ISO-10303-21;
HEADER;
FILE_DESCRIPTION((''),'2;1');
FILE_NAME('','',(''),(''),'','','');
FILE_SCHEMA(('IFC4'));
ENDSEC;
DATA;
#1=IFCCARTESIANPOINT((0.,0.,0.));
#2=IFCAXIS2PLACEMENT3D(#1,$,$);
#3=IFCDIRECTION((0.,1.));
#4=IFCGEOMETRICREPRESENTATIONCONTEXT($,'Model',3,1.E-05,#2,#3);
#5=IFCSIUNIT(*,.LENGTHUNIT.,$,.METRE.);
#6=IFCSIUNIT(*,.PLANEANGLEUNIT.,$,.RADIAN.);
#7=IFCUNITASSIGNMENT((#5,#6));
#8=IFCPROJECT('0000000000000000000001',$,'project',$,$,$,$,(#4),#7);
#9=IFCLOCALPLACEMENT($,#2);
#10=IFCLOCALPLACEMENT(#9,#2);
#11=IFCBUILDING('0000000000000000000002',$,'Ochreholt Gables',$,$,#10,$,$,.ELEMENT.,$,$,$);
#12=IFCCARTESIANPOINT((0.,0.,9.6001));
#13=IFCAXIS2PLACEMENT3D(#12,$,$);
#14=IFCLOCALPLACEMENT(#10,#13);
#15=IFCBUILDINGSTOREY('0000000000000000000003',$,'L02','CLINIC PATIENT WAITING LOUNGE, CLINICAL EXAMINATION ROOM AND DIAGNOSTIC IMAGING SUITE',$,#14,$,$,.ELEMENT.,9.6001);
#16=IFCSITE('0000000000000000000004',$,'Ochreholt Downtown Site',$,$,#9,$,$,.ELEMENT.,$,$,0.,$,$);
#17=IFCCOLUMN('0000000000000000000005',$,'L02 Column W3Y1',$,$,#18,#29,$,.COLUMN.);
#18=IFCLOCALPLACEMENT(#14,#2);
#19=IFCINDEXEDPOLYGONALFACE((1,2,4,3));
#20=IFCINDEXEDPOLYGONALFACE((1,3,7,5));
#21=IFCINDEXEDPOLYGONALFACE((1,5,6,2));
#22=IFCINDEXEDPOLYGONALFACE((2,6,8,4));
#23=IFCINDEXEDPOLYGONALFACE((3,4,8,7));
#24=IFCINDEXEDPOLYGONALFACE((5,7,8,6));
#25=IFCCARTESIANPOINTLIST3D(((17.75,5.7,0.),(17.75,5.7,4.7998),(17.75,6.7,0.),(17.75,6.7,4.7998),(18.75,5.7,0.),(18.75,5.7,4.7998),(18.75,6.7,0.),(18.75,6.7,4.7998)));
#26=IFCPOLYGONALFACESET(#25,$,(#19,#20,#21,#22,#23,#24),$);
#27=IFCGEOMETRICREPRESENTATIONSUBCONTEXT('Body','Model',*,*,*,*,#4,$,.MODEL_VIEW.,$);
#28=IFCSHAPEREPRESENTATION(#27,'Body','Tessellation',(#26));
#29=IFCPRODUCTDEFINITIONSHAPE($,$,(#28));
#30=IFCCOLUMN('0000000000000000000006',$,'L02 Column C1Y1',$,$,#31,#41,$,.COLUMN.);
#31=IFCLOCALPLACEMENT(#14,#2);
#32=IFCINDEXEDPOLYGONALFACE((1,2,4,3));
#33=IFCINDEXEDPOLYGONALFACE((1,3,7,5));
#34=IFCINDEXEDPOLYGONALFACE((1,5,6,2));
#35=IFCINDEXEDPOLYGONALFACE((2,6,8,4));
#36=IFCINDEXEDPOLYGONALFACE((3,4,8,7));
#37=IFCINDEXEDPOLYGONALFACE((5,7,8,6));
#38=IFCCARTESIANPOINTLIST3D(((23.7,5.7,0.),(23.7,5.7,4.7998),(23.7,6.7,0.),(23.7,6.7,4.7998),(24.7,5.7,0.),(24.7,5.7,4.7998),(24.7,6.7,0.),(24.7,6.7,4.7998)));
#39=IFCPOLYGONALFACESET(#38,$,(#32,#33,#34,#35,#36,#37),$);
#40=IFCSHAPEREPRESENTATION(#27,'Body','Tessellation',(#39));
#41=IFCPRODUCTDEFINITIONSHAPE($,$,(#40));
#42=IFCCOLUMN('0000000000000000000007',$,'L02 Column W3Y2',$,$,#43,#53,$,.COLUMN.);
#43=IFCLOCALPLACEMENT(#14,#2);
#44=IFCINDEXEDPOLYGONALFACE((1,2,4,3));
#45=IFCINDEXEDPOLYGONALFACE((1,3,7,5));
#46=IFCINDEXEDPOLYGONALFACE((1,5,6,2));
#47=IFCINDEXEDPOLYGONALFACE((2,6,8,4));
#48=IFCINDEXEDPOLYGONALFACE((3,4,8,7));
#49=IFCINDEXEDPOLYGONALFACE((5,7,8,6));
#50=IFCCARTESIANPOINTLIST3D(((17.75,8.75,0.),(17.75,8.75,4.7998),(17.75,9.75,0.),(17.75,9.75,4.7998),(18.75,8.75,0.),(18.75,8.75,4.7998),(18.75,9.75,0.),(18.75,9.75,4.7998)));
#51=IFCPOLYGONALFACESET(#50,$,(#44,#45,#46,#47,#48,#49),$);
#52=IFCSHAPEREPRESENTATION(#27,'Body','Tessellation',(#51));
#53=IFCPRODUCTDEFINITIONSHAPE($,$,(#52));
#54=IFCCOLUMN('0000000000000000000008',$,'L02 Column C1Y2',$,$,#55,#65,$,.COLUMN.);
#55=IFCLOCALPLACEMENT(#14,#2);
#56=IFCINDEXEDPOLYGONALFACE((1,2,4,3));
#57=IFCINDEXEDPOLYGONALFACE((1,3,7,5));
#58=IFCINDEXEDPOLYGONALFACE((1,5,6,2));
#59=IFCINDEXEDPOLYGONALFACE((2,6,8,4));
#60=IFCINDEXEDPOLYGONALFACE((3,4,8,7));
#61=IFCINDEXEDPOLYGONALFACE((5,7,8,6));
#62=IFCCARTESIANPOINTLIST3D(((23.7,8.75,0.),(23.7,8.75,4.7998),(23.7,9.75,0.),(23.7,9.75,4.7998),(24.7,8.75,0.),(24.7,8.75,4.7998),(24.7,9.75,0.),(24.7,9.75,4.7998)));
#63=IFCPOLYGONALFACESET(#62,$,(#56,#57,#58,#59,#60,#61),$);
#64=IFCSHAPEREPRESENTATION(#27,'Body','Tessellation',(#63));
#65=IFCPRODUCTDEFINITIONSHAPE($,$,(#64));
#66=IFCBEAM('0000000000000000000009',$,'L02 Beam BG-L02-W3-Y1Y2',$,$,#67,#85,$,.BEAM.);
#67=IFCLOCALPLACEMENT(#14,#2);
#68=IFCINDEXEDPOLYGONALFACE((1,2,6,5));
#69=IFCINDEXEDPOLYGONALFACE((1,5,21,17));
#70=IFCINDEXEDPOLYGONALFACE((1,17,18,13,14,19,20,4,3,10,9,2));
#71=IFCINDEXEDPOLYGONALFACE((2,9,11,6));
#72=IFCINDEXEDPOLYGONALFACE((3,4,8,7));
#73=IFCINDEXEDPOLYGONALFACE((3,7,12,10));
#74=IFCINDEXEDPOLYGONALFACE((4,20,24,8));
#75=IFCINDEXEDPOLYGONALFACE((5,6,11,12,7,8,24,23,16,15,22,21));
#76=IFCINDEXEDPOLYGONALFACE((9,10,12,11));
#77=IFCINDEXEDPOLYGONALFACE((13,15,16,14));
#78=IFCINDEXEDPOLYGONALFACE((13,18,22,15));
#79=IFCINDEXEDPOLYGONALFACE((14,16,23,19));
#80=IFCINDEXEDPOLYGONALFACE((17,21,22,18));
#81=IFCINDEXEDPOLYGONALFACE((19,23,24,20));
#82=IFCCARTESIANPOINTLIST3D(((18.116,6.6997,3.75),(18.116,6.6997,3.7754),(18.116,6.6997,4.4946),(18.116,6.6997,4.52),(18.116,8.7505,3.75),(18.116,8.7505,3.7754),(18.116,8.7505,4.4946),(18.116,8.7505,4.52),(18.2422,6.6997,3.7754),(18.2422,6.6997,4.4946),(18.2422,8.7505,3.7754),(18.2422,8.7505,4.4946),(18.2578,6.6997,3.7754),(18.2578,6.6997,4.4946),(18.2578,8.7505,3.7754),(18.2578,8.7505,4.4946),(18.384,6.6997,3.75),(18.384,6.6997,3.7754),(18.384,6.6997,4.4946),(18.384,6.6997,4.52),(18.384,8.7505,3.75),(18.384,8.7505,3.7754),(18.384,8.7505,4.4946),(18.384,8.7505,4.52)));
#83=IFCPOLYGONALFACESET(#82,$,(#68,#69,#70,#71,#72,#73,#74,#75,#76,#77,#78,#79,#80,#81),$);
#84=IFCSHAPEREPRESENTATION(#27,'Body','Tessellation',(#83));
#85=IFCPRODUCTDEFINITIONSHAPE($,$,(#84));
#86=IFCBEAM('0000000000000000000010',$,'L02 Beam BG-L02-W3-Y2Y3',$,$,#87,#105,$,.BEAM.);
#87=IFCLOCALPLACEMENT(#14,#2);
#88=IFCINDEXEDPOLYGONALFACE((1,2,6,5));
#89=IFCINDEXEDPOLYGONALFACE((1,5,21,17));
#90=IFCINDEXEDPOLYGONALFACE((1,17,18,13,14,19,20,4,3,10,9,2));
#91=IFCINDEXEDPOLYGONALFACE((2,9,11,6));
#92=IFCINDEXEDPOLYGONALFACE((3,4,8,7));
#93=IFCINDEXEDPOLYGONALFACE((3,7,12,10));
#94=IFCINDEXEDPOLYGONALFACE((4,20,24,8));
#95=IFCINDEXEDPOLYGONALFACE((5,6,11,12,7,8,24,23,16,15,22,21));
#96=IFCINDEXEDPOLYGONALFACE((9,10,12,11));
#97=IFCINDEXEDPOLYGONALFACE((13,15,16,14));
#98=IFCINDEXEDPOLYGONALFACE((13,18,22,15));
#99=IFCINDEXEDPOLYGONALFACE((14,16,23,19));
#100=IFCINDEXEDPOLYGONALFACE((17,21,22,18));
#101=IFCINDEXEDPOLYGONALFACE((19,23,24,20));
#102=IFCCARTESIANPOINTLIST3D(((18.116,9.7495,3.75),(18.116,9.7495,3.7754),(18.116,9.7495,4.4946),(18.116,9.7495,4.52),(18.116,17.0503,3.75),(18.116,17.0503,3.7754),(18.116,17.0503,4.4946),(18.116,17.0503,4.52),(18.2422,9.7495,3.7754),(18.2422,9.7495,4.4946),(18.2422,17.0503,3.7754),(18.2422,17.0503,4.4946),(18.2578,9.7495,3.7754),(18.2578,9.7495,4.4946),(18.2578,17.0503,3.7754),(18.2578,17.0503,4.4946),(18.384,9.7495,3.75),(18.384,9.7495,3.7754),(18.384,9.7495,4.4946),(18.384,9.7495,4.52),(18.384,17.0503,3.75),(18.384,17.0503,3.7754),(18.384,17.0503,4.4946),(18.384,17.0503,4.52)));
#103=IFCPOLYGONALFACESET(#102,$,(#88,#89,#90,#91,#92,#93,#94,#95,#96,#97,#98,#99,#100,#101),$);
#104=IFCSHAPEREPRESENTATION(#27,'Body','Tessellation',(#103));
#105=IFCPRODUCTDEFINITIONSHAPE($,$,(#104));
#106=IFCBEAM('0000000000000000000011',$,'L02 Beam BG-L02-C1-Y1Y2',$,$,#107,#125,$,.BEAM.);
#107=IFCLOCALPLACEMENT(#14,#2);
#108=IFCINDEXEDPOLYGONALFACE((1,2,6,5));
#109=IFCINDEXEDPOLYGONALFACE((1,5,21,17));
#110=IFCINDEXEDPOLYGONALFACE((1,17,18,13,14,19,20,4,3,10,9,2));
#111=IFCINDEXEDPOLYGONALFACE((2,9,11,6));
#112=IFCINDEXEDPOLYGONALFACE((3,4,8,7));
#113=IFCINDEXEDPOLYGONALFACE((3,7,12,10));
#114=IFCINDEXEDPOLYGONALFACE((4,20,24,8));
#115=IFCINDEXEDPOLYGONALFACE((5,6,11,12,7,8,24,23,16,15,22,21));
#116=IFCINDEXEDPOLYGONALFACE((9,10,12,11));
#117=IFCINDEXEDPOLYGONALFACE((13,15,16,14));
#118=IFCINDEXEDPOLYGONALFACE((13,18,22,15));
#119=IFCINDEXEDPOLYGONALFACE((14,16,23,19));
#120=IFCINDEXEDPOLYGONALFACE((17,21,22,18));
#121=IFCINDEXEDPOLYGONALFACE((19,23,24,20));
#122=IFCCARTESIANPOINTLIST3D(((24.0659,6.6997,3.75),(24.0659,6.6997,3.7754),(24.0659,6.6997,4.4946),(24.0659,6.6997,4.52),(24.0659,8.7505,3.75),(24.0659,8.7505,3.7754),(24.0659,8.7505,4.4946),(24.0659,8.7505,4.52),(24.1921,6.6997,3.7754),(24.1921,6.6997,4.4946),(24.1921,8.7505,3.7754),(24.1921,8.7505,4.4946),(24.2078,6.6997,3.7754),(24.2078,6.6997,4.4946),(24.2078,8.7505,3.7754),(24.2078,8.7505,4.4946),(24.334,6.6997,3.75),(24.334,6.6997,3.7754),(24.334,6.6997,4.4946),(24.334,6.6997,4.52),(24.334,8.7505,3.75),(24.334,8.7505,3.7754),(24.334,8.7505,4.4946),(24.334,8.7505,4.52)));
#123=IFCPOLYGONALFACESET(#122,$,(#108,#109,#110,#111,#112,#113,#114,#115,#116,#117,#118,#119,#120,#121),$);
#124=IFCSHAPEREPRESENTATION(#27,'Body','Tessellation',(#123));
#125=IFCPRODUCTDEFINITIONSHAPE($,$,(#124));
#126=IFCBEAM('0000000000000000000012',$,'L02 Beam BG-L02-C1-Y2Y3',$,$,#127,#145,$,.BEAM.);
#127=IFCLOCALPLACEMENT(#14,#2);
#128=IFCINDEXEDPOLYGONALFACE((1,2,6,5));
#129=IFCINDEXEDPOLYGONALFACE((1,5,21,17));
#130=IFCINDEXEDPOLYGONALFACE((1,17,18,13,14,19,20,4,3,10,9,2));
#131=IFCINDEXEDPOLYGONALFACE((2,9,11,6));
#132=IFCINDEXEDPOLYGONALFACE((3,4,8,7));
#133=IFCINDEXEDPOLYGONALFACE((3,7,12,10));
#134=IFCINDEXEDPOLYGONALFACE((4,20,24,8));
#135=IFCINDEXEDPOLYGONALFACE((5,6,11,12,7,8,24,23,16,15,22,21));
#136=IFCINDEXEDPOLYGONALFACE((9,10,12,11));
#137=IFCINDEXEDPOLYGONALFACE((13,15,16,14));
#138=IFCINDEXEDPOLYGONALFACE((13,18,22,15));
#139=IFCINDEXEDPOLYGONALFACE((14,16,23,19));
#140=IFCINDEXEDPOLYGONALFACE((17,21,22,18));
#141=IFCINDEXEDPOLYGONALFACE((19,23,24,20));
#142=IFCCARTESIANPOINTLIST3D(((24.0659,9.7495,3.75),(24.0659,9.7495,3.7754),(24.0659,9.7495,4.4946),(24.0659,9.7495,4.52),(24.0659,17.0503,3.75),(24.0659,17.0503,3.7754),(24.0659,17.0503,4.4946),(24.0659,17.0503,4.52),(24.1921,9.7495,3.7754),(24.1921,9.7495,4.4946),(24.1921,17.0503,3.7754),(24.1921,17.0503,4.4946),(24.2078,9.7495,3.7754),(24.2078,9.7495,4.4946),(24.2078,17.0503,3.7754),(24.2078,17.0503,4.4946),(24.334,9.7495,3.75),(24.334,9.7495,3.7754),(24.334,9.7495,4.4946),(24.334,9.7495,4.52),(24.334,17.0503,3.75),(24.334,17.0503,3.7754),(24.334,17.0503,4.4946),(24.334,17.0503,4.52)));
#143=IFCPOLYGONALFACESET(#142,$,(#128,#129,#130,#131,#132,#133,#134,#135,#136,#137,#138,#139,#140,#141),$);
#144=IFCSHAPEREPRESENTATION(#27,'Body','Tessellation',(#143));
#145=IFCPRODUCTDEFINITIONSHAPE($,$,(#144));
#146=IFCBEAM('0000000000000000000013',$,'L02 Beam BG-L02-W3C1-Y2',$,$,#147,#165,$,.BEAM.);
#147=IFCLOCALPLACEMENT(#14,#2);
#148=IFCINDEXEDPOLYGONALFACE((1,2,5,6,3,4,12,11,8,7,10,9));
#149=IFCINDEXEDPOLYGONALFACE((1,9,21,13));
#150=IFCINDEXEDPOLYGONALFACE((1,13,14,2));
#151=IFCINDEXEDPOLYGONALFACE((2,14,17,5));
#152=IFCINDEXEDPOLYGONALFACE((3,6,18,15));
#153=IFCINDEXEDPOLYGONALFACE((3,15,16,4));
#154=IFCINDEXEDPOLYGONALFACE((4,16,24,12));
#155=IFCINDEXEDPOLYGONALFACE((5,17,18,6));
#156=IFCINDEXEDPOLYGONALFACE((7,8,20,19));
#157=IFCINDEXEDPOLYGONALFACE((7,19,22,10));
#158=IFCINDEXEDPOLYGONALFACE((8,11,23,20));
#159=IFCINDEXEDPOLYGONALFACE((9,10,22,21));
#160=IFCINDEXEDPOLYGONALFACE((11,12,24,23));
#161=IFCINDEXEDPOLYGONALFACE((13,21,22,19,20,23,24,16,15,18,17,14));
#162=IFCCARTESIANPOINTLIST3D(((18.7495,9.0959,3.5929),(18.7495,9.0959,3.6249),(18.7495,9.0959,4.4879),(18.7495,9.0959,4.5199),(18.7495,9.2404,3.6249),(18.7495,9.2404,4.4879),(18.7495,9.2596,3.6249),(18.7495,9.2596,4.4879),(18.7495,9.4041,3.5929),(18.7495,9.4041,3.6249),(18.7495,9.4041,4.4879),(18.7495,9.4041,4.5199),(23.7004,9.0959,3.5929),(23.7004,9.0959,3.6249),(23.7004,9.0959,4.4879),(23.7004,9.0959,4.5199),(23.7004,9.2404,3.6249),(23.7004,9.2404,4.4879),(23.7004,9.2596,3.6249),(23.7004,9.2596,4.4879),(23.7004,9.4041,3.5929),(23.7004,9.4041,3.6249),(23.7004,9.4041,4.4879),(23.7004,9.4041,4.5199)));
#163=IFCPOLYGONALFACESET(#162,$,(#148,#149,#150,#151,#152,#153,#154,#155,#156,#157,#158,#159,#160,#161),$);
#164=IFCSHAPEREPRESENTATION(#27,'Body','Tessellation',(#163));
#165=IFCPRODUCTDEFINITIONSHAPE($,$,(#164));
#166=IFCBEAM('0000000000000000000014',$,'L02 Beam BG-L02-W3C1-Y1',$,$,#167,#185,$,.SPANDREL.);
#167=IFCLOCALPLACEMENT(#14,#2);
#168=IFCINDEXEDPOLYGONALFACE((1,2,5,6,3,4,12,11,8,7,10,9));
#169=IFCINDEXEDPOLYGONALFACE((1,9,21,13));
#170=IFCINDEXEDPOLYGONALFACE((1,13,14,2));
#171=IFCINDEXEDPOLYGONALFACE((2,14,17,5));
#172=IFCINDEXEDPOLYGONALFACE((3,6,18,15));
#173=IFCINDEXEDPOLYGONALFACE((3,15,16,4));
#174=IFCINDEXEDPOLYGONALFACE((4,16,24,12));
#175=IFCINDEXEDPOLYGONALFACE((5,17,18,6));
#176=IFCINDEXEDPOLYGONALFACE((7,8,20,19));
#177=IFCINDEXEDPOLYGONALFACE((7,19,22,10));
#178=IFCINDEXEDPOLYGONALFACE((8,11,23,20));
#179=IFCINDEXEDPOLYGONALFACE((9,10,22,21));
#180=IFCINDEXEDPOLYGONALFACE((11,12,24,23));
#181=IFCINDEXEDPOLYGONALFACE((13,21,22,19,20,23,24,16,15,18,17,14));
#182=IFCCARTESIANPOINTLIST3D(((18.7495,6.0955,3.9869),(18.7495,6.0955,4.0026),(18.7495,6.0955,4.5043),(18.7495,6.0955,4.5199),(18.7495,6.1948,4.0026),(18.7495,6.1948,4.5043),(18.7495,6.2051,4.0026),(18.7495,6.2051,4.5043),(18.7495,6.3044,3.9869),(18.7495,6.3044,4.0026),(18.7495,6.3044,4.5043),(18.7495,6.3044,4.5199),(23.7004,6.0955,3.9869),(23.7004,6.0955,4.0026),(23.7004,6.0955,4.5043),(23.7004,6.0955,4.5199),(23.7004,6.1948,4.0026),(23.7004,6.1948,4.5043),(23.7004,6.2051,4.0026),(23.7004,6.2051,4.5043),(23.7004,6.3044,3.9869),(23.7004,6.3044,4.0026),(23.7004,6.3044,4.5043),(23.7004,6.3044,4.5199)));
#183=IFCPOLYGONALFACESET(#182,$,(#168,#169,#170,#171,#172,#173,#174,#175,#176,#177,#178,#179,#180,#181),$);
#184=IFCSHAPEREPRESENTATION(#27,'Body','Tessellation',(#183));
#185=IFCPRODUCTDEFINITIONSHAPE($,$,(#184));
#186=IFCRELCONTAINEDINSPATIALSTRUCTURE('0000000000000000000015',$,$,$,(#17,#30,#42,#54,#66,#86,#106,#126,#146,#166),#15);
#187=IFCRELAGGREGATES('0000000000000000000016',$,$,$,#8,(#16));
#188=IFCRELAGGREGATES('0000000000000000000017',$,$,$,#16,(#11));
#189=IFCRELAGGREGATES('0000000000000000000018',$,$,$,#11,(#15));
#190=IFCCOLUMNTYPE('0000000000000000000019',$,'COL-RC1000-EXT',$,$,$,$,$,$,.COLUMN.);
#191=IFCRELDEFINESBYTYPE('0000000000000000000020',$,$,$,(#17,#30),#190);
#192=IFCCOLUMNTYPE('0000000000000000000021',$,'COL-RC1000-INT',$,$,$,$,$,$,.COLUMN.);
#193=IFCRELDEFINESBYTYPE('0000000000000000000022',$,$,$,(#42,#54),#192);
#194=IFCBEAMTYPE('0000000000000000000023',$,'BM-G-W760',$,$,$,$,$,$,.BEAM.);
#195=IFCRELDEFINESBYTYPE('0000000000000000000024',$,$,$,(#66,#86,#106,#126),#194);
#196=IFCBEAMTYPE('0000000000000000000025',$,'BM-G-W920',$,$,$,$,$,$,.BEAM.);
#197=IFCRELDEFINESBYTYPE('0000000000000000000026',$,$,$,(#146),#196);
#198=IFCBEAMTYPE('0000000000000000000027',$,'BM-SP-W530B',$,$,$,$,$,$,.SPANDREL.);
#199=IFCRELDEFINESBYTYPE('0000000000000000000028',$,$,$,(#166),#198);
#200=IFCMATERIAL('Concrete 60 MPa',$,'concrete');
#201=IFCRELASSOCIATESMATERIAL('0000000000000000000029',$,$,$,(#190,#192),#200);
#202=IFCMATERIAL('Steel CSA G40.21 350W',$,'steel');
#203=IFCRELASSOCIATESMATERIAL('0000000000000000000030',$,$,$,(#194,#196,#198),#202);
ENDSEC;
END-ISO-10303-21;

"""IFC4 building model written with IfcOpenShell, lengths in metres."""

from ifc_helpers import new_model, si_unit, direction, frame, origin, origin_2d, place, context, subcontext, project, spatial, rectangle, i_section, extrude, material, material_profile, profile_set, type_object, element, save


model = new_model("IFC4")

# Units and contexts
model_context = context("Model", 3, precision=1e-05, world=origin(), true_north=direction((0.0, 1.0)))
body_context = subcontext(model_context, "Body", "Model", "MODEL_VIEW")
ifc_project = project(units=[si_unit("LENGTHUNIT", "METRE"), si_unit("PLANEANGLEUNIT", "RADIAN")], contexts=[model_context])

# Site, building, storey
site_placement = place(None, origin())
site = spatial("IfcSite", under=ifc_project, at=site_placement, Name="Ochreholt Downtown Site", CompositionType="ELEMENT", RefElevation=0.0)
building_placement = place(site_placement, origin())
building = spatial("IfcBuilding", under=site, at=building_placement, Name="Ochreholt Gables", CompositionType="ELEMENT")
storey_placement = place(building_placement, frame((0.0, 0.0, 9.6001)))
storey = spatial("IfcBuildingStorey", under=building, at=storey_placement, Name="L02", Description="CLINIC PATIENT WAITING LOUNGE, CLINICAL EXAMINATION ROOM AND DIAGNOSTIC IMAGING SUITE", CompositionType="ELEMENT", Elevation=9.6001)

# Columns
ifc_material_1 = material(Name="Concrete 60 MPa", Category="concrete")
ifc_material_profile_1 = material_profile(ifc_material_1, rectangle(XDim=1.0, YDim=1.0, at=origin_2d()), Name="RC1000X1000")
ifc_profile_set_1 = profile_set([ifc_material_profile_1], Name="Concrete 60 MPa")
column_type_1 = type_object("IfcColumnType", Name="COL-RC1000-EXT", PredefinedType="COLUMN", material=ifc_profile_set_1)
for number, where, z_axis, x_axis, name in (
    (1, (18.25, 6.2, 0.0), (0.0, 0.0, 1.0), (1.0, 0.0, 0.0), "L02 Column W3Y1"),
    (2, (24.2, 6.2, 0.0), (0.0, 0.0, 1.0), (1.0, 0.0, 0.0), "L02 Column C1Y1"),
):
    element("IfcColumn", number, at=place(storey_placement, frame(where, z_axis=z_axis, x_axis=x_axis)), inside=storey, type_object=column_type_1, Name=name, PredefinedType="COLUMN", context=body_context, shape_type="SweptSolid", body=[
        extrude(rectangle(XDim=1.0, YDim=1.0, at=origin_2d()), origin(), (0.0, 0.0, 1.0), 4.7998),
    ])
ifc_material_profile_2 = material_profile(ifc_material_1, rectangle(XDim=1.0, YDim=1.0, at=origin_2d()), Name="RC1000X1000")
ifc_profile_set_2 = profile_set([ifc_material_profile_2], Name="Concrete 60 MPa")
column_type_2 = type_object("IfcColumnType", Name="COL-RC1000-INT", PredefinedType="COLUMN", material=ifc_profile_set_2)
for number, where, z_axis, x_axis, name in (
    (3, (18.25, 9.25, 0.0), (0.0, 0.0, 1.0), (1.0, 0.0, 0.0), "L02 Column W3Y2"),
    (4, (24.2, 9.25, 0.0), (0.0, 0.0, 1.0), (1.0, 0.0, 0.0), "L02 Column C1Y2"),
):
    element("IfcColumn", number, at=place(storey_placement, frame(where, z_axis=z_axis, x_axis=x_axis)), inside=storey, type_object=column_type_2, Name=name, PredefinedType="COLUMN", context=body_context, shape_type="SweptSolid", body=[
        extrude(rectangle(XDim=1.0, YDim=1.0, at=origin_2d()), origin(), (0.0, 0.0, 1.0), 4.7998),
    ])

# Beams
ifc_material_2 = material(Name="Steel CSA G40.21 350W", Category="steel")
ifc_material_profile_3 = material_profile(ifc_material_2, i_section(OverallWidth=0.2681, OverallDepth=0.77, WebThickness=0.0156, FlangeThickness=0.0254, at=origin_2d()), Name="W760X196")
ifc_profile_set_3 = profile_set([ifc_material_profile_3], Name="Steel CSA G40.21 350W")
beam_type_1 = type_object("IfcBeamType", Name="BM-G-W760", PredefinedType="BEAM", material=ifc_profile_set_3)
beam_1_placement = place(storey_placement, frame((18.25, 6.6997, 4.135), z_axis=(0.0, 1.0, 0.0), x_axis=(-1.0, 0.0, 0.0)))
element("IfcBeam", 5, at=beam_1_placement, inside=storey, type_object=beam_type_1, Name="L02 Beam BG-L02-W3-Y1Y2", PredefinedType="BEAM", context=body_context, shape_type="SweptSolid", body=[
    extrude(i_section(OverallWidth=0.2681, OverallDepth=0.77, WebThickness=0.0156, FlangeThickness=0.0254, at=origin_2d()), origin(), (0.0, 0.0, 1.0), 2.0508),
])
beam_2_placement = place(storey_placement, frame((18.25, 9.7495, 4.135), z_axis=(0.0, 1.0, 0.0), x_axis=(-1.0, 0.0, 0.0)))
element("IfcBeam", 6, at=beam_2_placement, inside=storey, type_object=beam_type_1, Name="L02 Beam BG-L02-W3-Y2Y3", PredefinedType="BEAM", context=body_context, shape_type="SweptSolid", body=[
    extrude(i_section(OverallWidth=0.2681, OverallDepth=0.77, WebThickness=0.0156, FlangeThickness=0.0254, at=origin_2d()), origin(), (0.0, 0.0, 1.0), 7.3008),
])
beam_3_placement = place(storey_placement, frame((24.2, 6.6997, 4.135), z_axis=(0.0, 1.0, 0.0), x_axis=(-1.0, 0.0, 0.0)))
element("IfcBeam", 7, at=beam_3_placement, inside=storey, type_object=beam_type_1, Name="L02 Beam BG-L02-C1-Y1Y2", PredefinedType="BEAM", context=body_context, shape_type="SweptSolid", body=[
    extrude(i_section(OverallWidth=0.2681, OverallDepth=0.77, WebThickness=0.0156, FlangeThickness=0.0254, at=origin_2d()), origin(), (0.0, 0.0, 1.0), 2.0508),
])
beam_4_placement = place(storey_placement, frame((24.2, 9.7495, 4.135), z_axis=(0.0, 1.0, 0.0), x_axis=(-1.0, 0.0, 0.0)))
element("IfcBeam", 8, at=beam_4_placement, inside=storey, type_object=beam_type_1, Name="L02 Beam BG-L02-C1-Y2Y3", PredefinedType="BEAM", context=body_context, shape_type="SweptSolid", body=[
    extrude(i_section(OverallWidth=0.2681, OverallDepth=0.77, WebThickness=0.0156, FlangeThickness=0.0254, at=origin_2d()), origin(), (0.0, 0.0, 1.0), 7.3008),
])
ifc_material_profile_4 = material_profile(ifc_material_2, i_section(OverallWidth=0.3081, OverallDepth=0.927, WebThickness=0.0193, FlangeThickness=0.032, at=origin_2d()), Name="W920X289")
ifc_profile_set_4 = profile_set([ifc_material_profile_4], Name="Steel CSA G40.21 350W")
beam_type_2 = type_object("IfcBeamType", Name="BM-G-W920", PredefinedType="BEAM", material=ifc_profile_set_4)
beam_5_placement = place(storey_placement, frame((18.7495, 9.25, 4.0564), z_axis=(1.0, 0.0, 0.0), x_axis=(0.0, 1.0, 0.0)))
element("IfcBeam", 9, at=beam_5_placement, inside=storey, type_object=beam_type_2, Name="L02 Beam BG-L02-W3C1-Y2", PredefinedType="BEAM", context=body_context, shape_type="SweptSolid", body=[
    extrude(i_section(OverallWidth=0.3081, OverallDepth=0.927, WebThickness=0.0193, FlangeThickness=0.032, at=origin_2d()), origin(), (0.0, 0.0, 1.0), 4.9509),
])
ifc_material_profile_5 = material_profile(ifc_material_2, i_section(OverallWidth=0.209, OverallDepth=0.533, WebThickness=0.0103, FlangeThickness=0.0156, at=origin_2d()), Name="W530X92")
ifc_profile_set_5 = profile_set([ifc_material_profile_5], Name="Steel CSA G40.21 350W")
beam_type_3 = type_object("IfcBeamType", Name="BM-SP-W530B", PredefinedType="SPANDREL", material=ifc_profile_set_5)
beam_6_placement = place(storey_placement, frame((18.7495, 6.2, 4.2534), z_axis=(1.0, 0.0, 0.0), x_axis=(0.0, 1.0, 0.0)))
element("IfcBeam", 10, at=beam_6_placement, inside=storey, type_object=beam_type_3, Name="L02 Beam BG-L02-W3C1-Y1", PredefinedType="SPANDREL", context=body_context, shape_type="SweptSolid", body=[
    extrude(i_section(OverallWidth=0.209, OverallDepth=0.533, WebThickness=0.0103, FlangeThickness=0.0156, at=origin_2d()), origin(), (0.0, 0.0, 1.0), 4.9509),
])

save(model, "model.ifc")
